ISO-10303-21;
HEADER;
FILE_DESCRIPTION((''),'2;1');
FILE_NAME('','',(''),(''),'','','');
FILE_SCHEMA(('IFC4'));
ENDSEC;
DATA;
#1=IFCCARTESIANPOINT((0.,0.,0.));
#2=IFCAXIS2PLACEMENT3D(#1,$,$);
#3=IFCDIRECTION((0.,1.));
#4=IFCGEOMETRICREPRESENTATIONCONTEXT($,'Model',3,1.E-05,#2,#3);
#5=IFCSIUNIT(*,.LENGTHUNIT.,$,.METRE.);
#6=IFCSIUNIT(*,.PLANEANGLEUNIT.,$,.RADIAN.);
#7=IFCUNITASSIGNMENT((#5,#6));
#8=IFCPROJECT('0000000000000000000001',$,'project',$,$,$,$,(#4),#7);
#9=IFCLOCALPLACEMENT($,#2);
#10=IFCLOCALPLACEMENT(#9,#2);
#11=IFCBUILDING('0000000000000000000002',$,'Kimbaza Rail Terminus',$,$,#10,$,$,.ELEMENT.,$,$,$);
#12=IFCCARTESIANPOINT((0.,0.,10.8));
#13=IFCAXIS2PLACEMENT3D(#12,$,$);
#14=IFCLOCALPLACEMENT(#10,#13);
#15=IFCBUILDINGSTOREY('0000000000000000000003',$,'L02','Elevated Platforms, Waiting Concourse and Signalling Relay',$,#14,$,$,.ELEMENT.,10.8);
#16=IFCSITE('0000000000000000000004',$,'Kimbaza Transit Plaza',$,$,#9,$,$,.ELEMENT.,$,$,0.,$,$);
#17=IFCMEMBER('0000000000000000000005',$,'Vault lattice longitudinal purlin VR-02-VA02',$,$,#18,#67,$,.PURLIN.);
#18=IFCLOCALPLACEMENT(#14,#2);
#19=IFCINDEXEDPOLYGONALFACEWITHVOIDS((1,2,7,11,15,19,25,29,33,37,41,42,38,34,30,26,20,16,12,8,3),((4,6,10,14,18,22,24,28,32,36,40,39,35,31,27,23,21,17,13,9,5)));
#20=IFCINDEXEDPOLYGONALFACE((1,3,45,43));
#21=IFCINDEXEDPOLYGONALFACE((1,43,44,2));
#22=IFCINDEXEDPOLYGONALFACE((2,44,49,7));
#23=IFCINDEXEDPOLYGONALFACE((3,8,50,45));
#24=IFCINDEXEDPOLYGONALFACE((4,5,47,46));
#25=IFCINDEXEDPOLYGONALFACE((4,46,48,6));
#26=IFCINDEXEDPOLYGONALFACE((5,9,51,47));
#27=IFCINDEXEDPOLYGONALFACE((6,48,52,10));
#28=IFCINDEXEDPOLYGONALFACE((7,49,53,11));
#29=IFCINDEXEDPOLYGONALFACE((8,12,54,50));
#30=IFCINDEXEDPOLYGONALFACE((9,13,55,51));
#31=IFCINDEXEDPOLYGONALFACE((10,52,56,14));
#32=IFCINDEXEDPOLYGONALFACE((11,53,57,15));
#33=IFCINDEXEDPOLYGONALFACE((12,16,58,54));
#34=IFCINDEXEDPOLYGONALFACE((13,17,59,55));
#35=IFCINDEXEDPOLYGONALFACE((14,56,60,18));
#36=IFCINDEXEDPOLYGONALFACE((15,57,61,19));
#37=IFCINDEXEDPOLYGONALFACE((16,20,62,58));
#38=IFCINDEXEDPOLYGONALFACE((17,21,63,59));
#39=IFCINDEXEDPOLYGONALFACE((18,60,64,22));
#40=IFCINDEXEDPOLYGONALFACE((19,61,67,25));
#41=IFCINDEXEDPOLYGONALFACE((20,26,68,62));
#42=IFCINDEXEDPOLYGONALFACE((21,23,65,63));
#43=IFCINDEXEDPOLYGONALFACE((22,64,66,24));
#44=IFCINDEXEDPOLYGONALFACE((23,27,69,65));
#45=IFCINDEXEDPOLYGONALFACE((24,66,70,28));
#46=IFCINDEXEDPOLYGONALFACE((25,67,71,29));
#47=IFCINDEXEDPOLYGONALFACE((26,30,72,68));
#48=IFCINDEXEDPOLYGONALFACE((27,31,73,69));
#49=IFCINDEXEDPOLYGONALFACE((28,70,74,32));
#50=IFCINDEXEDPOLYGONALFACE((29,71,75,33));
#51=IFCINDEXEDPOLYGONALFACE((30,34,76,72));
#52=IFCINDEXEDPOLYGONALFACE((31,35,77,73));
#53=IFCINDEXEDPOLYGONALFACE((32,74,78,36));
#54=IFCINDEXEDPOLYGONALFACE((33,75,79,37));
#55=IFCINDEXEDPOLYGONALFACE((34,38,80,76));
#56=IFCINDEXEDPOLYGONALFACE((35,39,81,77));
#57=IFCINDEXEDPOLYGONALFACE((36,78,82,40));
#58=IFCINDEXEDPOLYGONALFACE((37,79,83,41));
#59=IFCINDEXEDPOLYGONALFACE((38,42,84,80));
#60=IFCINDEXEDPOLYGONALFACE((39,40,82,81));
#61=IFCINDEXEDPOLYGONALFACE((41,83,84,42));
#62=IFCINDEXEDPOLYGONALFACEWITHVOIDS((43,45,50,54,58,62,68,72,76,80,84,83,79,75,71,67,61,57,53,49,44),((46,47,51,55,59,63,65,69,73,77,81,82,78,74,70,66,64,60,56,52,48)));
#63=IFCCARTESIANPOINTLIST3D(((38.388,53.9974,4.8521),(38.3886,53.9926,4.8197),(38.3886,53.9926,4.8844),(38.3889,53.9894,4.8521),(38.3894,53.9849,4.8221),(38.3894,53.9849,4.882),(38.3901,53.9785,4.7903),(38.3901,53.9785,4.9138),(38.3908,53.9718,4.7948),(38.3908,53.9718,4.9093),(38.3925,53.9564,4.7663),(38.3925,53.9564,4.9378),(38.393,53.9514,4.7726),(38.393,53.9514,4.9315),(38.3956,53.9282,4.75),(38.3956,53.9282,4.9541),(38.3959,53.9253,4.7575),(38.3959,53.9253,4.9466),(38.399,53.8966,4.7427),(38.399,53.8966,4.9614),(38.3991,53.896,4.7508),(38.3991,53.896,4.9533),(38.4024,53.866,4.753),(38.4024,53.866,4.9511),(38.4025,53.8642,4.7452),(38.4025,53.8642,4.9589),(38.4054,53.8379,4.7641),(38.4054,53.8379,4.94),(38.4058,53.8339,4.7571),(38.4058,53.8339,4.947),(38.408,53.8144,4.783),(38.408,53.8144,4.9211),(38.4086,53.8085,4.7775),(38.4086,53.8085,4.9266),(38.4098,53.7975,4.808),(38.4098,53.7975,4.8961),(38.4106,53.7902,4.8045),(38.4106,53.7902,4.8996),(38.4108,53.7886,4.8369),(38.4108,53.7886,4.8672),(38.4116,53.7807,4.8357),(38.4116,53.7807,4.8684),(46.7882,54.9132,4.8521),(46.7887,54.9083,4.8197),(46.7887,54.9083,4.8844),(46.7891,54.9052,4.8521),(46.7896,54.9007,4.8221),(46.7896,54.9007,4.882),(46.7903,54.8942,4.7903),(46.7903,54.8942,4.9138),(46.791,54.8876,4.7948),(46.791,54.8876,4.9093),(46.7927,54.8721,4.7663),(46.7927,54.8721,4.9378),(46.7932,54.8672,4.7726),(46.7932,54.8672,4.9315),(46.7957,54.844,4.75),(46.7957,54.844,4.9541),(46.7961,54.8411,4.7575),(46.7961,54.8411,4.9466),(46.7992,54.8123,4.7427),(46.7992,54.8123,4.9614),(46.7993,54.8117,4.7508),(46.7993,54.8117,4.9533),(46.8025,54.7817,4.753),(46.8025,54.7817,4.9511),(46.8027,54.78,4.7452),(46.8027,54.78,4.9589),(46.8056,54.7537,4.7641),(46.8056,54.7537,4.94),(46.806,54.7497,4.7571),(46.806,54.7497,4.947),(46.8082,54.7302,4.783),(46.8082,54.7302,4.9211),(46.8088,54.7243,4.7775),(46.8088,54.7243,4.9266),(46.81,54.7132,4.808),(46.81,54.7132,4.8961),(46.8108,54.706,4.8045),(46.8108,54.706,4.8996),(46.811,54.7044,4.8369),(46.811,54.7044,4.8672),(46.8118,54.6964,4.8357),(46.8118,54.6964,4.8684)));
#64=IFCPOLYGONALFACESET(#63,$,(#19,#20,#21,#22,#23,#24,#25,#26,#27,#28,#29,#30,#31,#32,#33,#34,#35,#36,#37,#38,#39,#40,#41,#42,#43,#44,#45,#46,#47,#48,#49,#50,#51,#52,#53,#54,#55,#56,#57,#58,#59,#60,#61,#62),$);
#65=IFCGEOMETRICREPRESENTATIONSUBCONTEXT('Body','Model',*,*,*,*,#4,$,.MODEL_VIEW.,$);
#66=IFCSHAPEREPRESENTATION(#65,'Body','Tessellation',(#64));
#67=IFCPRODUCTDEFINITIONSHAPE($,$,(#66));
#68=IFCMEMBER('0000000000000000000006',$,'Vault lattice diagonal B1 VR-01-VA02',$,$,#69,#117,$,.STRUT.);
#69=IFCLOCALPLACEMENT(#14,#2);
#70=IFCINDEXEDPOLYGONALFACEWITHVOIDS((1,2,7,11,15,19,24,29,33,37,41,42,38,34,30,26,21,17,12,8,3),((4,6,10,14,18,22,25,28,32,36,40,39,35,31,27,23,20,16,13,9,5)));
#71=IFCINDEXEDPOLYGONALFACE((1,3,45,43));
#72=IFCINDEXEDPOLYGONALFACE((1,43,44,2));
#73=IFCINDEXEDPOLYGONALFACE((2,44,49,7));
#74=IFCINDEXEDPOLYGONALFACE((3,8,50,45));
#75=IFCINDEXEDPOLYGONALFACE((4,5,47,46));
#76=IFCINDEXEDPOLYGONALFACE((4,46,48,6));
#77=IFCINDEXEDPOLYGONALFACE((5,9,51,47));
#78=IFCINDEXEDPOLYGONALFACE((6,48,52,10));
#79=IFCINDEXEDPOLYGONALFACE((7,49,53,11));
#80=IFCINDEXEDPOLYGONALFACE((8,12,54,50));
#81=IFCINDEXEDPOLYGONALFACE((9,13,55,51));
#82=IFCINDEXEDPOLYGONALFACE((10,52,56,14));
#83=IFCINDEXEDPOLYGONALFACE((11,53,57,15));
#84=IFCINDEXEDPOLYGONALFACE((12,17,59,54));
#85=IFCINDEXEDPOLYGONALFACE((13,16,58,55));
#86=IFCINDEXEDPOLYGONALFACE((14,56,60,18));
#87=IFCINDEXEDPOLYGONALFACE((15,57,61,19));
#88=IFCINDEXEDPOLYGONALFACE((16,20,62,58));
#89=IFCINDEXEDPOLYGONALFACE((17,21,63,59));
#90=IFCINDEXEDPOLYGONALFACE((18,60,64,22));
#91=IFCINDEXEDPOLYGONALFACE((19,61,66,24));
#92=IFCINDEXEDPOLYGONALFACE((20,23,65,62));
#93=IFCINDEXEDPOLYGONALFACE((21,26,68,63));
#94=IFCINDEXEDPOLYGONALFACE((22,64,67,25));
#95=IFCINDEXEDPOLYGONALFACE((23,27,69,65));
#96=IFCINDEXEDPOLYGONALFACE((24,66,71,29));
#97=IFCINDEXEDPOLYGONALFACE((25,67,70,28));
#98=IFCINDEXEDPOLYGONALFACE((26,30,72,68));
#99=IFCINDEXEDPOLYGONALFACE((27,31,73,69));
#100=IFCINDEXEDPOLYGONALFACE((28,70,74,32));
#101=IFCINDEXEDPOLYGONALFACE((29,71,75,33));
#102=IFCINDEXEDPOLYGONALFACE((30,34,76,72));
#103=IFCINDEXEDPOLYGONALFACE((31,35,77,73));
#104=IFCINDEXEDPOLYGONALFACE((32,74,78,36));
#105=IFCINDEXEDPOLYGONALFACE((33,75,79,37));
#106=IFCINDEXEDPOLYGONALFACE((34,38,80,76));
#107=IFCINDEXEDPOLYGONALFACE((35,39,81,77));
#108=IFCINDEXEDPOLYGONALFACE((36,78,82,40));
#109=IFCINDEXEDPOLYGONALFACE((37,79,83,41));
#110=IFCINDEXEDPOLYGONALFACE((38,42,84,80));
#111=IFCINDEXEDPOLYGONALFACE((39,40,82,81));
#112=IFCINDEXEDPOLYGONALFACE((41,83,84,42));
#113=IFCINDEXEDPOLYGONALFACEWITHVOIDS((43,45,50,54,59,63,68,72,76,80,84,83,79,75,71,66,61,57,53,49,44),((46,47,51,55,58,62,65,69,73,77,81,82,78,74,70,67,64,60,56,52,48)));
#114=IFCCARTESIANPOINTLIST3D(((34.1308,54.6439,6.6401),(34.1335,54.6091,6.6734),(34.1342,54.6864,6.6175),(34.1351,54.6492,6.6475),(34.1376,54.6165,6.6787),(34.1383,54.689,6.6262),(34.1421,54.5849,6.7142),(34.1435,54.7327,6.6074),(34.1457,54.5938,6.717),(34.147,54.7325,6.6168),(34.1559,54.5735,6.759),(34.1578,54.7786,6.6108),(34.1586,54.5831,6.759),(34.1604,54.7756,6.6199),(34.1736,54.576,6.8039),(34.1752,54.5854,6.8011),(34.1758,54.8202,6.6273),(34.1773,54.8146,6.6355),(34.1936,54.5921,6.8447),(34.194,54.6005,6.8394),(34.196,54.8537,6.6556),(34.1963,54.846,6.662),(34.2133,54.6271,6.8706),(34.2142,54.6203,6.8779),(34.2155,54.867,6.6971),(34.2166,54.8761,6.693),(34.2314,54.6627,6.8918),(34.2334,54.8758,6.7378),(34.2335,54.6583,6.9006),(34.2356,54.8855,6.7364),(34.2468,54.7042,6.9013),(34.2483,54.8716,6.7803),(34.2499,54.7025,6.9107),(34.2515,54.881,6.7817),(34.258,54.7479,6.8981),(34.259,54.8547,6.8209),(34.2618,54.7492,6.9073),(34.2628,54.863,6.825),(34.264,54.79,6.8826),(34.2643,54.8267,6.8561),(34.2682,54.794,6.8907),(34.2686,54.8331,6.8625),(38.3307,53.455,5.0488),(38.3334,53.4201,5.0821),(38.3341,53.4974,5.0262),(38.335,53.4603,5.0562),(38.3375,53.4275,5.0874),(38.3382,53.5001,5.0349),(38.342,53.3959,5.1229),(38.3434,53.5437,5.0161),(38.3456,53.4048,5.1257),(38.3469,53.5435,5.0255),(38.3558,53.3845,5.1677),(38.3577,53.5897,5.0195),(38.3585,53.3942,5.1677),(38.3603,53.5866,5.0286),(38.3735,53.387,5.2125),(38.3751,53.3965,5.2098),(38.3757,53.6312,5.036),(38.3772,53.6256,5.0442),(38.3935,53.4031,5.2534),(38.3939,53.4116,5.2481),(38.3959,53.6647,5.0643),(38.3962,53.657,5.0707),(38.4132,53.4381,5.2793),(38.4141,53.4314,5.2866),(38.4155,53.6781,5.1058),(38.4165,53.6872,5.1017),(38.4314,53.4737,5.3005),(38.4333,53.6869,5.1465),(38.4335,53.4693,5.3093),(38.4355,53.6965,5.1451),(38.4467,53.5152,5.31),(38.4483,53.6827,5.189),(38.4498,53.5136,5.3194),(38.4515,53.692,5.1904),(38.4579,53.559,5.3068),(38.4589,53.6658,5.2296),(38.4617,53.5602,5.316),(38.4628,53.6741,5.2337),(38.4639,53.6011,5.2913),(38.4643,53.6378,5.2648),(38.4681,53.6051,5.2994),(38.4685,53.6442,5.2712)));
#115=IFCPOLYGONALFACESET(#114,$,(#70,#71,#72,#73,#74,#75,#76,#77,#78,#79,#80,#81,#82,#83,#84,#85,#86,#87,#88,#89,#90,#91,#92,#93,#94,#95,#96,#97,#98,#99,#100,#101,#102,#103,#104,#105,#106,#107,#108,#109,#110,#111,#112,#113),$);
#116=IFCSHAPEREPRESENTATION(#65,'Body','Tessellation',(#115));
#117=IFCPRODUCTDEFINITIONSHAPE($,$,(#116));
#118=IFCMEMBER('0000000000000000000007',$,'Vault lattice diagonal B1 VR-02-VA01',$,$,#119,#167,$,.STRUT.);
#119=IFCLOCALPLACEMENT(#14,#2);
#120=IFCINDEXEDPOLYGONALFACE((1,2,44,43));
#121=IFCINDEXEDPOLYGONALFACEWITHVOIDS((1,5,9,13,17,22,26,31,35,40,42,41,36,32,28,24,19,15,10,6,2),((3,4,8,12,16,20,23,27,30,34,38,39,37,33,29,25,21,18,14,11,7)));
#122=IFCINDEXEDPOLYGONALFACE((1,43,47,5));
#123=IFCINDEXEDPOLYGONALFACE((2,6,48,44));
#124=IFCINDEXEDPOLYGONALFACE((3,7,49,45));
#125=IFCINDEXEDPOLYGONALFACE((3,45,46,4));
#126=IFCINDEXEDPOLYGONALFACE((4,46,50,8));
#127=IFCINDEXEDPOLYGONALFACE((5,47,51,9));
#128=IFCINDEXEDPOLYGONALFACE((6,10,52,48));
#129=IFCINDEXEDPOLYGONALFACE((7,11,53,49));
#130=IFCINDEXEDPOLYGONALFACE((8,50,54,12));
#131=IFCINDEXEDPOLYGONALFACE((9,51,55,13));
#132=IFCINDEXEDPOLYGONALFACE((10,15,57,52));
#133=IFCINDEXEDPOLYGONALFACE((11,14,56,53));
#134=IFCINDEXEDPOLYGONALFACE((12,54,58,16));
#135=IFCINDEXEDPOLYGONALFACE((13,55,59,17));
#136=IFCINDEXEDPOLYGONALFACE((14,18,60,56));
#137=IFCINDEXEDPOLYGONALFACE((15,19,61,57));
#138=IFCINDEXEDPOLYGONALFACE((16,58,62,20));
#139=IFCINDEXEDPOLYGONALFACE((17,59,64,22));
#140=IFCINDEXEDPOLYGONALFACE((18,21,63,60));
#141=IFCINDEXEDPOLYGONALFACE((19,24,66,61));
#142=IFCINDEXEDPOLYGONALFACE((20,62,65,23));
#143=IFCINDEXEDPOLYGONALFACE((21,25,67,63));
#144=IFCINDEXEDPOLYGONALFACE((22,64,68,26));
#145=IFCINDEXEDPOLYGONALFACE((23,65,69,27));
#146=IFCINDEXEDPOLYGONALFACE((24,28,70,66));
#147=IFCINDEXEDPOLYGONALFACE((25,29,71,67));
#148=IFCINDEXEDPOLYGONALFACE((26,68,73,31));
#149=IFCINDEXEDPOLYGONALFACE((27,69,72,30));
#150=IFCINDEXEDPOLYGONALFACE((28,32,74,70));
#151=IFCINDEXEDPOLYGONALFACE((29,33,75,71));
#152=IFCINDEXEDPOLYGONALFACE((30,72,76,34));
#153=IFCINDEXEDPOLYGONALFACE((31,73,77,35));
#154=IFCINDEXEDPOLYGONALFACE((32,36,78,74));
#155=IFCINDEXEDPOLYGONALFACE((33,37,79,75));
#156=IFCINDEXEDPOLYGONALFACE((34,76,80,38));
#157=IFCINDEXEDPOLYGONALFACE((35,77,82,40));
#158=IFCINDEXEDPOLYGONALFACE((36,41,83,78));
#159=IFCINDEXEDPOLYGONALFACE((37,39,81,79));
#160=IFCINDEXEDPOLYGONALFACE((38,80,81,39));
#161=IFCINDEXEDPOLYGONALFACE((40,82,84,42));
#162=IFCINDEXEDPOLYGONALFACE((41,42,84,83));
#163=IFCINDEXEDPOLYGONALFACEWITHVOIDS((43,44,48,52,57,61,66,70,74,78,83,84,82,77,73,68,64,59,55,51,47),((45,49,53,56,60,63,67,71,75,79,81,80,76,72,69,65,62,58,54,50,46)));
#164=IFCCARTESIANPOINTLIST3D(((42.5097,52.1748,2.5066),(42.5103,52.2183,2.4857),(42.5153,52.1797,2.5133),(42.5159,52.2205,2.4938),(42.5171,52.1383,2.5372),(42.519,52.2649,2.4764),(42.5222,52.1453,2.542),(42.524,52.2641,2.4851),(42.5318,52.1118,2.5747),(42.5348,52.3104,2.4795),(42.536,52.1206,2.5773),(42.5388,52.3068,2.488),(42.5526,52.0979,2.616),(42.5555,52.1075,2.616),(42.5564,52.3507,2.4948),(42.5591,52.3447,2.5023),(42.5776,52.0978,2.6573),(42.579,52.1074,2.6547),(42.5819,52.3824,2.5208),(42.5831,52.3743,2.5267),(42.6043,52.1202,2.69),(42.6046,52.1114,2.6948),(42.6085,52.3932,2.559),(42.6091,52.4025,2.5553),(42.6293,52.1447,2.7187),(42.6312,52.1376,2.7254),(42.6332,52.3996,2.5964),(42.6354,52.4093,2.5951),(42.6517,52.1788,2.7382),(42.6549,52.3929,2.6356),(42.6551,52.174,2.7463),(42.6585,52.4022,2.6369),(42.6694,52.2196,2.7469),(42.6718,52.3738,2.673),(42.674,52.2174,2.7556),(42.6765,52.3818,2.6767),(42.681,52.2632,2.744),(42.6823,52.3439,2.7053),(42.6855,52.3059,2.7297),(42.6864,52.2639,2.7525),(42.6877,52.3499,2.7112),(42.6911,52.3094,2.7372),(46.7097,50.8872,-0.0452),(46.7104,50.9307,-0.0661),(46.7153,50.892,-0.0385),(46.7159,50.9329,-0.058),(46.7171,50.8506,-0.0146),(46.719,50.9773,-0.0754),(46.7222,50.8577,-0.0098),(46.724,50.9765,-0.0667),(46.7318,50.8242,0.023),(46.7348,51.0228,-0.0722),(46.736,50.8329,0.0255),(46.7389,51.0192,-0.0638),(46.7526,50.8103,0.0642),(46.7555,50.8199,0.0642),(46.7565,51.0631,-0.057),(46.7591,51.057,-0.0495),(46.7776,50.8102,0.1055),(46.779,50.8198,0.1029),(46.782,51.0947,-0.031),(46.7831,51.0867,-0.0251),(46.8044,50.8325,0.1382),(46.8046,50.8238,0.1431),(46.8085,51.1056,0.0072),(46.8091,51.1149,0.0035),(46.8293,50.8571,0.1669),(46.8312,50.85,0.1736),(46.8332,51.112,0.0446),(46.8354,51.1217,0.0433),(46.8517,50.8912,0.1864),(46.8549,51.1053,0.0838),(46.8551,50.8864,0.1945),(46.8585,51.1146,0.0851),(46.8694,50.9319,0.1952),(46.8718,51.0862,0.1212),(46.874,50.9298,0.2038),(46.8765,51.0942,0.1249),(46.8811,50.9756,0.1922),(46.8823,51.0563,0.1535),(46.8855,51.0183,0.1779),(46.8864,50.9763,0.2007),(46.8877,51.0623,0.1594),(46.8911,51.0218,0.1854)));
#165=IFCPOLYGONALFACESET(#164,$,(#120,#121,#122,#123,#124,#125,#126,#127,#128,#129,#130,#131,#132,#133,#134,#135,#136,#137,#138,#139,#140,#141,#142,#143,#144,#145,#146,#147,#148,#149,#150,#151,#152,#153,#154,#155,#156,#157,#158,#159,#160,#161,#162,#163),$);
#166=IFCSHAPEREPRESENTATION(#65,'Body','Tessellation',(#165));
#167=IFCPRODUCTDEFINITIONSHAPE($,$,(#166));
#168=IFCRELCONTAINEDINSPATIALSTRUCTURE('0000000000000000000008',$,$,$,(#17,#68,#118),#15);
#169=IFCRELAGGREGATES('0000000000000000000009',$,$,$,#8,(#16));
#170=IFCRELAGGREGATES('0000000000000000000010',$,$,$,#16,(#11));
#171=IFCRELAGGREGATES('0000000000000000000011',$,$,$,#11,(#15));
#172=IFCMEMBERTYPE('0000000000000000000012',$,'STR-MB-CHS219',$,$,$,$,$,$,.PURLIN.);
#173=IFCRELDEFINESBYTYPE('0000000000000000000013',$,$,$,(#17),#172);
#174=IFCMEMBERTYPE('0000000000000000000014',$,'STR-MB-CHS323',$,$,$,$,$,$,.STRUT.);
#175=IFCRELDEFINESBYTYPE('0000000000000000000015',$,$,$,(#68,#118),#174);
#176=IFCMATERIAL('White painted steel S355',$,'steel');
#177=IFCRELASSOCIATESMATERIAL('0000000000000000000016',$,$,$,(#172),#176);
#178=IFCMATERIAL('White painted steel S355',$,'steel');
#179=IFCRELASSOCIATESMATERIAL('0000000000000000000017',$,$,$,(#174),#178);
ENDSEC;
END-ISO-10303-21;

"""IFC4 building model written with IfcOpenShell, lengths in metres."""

from ifc_helpers import new_model, si_unit, direction, frame, origin, origin_2d, place, context, subcontext, project, spatial, hollow_circle, extrude, material, material_profile, profile_set, type_object, element, save


model = new_model("IFC4")

# Units and contexts
model_context = context("Model", 3, precision=1e-05, world=origin(), true_north=direction((0.0, 1.0)))
body_context = subcontext(model_context, "Body", "Model", "MODEL_VIEW")
ifc_project = project(units=[si_unit("LENGTHUNIT", "METRE"), si_unit("PLANEANGLEUNIT", "RADIAN")], contexts=[model_context])

# Site, building, storey
site_placement = place(None, origin())
site = spatial("IfcSite", under=ifc_project, at=site_placement, Name="Kimbaza Transit Plaza", CompositionType="ELEMENT", RefElevation=0.0)
building_placement = place(site_placement, origin())
building = spatial("IfcBuilding", under=site, at=building_placement, Name="Kimbaza Rail Terminus", CompositionType="ELEMENT")
storey_placement = place(building_placement, frame((0.0, 0.0, 10.8)))
storey = spatial("IfcBuildingStorey", under=building, at=storey_placement, Name="L02", Description="Elevated Platforms, Waiting Concourse and Signalling Relay", CompositionType="ELEMENT", Elevation=10.8)

# Members
ifc_material_1 = material(Name="White painted steel S355", Category="steel")
ifc_material_profile_1 = material_profile(ifc_material_1, hollow_circle(Radius=0.1096, WallThickness=0.0081, at=origin_2d()), Name="CHS 219.1x8")
ifc_profile_set_1 = profile_set([ifc_material_profile_1], Name="White painted steel S355")
member_type_1 = type_object("IfcMemberType", Name="STR-MB-CHS219", PredefinedType="PURLIN", material=ifc_profile_set_1)
member_1_placement = place(storey_placement, frame((38.3999, 53.8884, 4.8521), z_axis=(0.99411, 0.108376, 0.0), x_axis=(-0.108376, 0.99411, 0.0)))
element("IfcMember", 1, at=member_1_placement, inside=storey, type_object=member_type_1, Name="Vault lattice longitudinal purlin VR-02-VA02", PredefinedType="PURLIN", context=body_context, shape_type="SweptSolid", body=[
    extrude(hollow_circle(Radius=0.1096, WallThickness=0.0081, at=origin_2d()), origin(), (0.0, 0.0, 1.0), 8.45),
])
ifc_material_2 = material(Name="White painted steel S355", Category="steel")
ifc_material_profile_2 = material_profile(ifc_material_2, hollow_circle(Radius=0.1619, WallThickness=0.01, at=origin_2d()), Name="CHS 323.9x10")
ifc_profile_set_2 = profile_set([ifc_material_profile_2], Name="White painted steel S355")
member_type_2 = type_object("IfcMemberType", Name="STR-MB-CHS323", PredefinedType="STRUT", material=ifc_profile_set_2)
member_2_placement = place(storey_placement, frame((38.3999, 53.5403, 5.1677), z_axis=(-0.903989, 0.25591, 0.34251), x_axis=(-0.272386, -0.962188, 0.0)))
element("IfcMember", 2, at=member_2_placement, inside=storey, type_object=member_type_2, Name="Vault lattice diagonal B1 VR-01-VA02", PredefinedType="STRUT", context=body_context, shape_type="SweptSolid", body=[
    extrude(hollow_circle(Radius=0.1619, WallThickness=0.01, at=origin_2d()), origin(), (0.0, 0.0, 1.0), 4.646),
])
member_3_placement = place(storey_placement, frame((46.8, 50.9651, 0.0642), z_axis=(-0.826721, 0.253452, 0.50229), x_axis=(-0.293109, -0.956079, 0.0)))
element("IfcMember", 3, at=member_3_placement, inside=storey, type_object=member_type_2, Name="Vault lattice diagonal B1 VR-02-VA01", PredefinedType="STRUT", context=body_context, shape_type="SweptSolid", body=[
    extrude(hollow_circle(Radius=0.1619, WallThickness=0.01, at=origin_2d()), origin(), (0.0, 0.0, 1.0), 5.0803),
])

save(model, "model.ifc")
